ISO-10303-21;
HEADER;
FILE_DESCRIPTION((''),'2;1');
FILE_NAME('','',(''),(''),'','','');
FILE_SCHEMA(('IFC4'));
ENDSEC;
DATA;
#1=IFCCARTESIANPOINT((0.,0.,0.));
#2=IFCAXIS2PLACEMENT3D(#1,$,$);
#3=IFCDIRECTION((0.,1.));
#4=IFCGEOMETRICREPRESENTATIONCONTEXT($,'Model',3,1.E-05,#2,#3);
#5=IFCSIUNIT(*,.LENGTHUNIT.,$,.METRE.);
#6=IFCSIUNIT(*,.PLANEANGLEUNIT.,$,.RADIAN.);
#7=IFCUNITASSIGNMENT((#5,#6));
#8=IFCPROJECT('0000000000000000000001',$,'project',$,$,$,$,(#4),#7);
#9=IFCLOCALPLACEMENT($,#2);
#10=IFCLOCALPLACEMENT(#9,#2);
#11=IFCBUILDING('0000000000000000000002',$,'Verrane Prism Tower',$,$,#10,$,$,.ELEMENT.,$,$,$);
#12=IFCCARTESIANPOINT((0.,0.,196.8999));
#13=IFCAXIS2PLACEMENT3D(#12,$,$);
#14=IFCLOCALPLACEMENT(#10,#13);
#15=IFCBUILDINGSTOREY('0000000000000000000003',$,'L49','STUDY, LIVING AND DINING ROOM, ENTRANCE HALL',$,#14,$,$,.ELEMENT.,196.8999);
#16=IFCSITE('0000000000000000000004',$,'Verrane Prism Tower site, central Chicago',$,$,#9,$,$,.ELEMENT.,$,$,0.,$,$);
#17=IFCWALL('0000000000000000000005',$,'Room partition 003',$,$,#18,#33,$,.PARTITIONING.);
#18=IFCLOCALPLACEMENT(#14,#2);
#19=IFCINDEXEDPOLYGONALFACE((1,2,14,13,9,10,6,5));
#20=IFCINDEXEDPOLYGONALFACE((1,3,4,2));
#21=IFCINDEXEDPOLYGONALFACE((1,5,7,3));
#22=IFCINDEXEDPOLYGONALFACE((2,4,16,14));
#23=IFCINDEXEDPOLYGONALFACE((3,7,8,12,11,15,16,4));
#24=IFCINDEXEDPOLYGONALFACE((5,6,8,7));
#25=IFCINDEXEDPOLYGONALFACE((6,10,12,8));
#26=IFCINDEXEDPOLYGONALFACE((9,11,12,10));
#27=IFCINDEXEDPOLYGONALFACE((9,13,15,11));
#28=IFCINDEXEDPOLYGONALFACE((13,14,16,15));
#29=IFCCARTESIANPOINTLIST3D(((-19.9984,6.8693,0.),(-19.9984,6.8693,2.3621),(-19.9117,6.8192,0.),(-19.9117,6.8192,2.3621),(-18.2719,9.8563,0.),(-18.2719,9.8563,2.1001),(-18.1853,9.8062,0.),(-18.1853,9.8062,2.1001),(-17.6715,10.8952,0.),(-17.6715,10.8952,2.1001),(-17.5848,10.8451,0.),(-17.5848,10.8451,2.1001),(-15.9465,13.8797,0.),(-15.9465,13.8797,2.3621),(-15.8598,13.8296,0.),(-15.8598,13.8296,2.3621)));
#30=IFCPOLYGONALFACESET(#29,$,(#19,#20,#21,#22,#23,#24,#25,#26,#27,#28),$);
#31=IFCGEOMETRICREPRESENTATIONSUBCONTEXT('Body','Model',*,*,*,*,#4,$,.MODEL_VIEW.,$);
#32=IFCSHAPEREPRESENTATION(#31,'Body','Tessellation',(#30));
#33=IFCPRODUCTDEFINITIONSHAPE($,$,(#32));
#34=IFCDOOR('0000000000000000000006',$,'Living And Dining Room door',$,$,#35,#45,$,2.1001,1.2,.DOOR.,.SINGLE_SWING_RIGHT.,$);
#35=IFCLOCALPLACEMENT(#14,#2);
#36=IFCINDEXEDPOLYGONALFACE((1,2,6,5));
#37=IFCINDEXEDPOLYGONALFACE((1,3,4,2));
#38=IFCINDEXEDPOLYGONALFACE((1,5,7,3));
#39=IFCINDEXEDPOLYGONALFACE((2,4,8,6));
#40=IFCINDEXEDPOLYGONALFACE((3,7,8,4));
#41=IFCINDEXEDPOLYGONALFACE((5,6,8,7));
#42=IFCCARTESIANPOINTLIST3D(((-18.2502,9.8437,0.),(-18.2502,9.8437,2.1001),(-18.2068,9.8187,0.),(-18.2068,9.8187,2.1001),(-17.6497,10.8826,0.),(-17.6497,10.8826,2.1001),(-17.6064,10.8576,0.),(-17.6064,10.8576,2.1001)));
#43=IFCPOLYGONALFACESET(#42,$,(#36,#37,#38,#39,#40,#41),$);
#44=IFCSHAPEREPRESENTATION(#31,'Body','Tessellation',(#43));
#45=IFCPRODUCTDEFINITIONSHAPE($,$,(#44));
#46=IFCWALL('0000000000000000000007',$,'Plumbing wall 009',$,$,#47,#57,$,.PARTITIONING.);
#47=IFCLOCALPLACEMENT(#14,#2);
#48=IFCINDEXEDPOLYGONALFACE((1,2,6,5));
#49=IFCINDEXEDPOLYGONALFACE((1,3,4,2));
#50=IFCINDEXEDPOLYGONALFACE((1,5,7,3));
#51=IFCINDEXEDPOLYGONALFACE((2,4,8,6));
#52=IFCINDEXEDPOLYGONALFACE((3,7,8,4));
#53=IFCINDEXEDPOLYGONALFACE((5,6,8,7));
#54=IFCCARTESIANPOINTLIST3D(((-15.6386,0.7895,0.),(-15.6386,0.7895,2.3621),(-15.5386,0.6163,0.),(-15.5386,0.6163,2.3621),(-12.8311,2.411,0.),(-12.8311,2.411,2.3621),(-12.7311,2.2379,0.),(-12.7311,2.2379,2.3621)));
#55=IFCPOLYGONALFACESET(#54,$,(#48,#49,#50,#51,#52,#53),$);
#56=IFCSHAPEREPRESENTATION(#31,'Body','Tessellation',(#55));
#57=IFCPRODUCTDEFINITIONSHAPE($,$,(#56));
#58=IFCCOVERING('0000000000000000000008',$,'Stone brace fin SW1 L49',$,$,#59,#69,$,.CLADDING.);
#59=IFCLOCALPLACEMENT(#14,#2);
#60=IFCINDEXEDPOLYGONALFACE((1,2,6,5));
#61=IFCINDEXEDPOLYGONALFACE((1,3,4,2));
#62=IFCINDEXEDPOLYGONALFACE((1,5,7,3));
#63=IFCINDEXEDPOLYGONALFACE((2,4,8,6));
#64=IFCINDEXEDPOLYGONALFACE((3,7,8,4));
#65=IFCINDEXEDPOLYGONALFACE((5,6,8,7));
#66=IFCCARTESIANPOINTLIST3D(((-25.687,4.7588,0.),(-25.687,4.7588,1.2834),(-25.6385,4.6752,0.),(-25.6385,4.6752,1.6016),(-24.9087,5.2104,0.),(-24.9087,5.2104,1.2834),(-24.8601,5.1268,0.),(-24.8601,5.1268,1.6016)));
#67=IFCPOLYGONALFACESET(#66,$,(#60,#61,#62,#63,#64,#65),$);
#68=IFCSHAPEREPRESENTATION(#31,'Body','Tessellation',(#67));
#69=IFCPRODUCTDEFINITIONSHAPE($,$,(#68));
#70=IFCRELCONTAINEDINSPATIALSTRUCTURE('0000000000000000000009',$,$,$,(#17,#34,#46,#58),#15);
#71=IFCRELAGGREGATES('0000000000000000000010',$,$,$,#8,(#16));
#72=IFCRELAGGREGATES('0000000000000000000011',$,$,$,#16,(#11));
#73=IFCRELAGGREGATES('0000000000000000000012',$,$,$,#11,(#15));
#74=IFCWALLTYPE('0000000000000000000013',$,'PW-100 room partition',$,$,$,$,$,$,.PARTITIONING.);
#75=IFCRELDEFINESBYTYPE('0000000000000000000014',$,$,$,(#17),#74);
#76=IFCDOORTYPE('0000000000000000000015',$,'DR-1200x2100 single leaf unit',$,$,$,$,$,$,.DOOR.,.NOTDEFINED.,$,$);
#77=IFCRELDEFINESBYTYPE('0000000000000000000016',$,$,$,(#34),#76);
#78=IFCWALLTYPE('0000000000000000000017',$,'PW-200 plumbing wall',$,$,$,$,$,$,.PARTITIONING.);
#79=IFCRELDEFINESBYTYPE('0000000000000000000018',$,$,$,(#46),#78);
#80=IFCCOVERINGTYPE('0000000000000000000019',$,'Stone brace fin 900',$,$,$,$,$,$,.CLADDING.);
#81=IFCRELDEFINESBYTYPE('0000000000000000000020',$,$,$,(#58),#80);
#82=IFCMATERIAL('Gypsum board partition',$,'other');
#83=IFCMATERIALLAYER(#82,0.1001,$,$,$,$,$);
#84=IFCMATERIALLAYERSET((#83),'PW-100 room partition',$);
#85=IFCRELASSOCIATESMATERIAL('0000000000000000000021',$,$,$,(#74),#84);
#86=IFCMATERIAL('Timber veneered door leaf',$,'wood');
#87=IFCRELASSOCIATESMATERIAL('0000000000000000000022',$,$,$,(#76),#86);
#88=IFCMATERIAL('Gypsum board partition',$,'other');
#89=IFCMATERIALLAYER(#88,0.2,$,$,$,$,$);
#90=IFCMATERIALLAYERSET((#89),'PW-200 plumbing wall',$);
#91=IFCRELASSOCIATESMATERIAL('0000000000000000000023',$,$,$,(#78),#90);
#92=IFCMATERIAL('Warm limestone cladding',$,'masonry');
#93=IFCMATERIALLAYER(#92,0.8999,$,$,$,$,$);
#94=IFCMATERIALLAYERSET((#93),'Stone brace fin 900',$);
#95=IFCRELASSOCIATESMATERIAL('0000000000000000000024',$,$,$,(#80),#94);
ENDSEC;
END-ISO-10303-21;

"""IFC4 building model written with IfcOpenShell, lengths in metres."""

from ifc_helpers import new_model, si_unit, direction, frame, frame_2d, origin, place, context, subcontext, project, spatial, polyline, rectangle, outline, extrude, material, layer, layer_set, type_object, element, fill, save


model = new_model("IFC4")

# Units and contexts
model_context = context("Model", 3, precision=1e-05, world=origin(), true_north=direction((0.0, 1.0)))
body_context = subcontext(model_context, "Body", "Model", "MODEL_VIEW")
ifc_project = project(units=[si_unit("LENGTHUNIT", "METRE"), si_unit("PLANEANGLEUNIT", "RADIAN")], contexts=[model_context])

# Site, building, storey
site_placement = place(None, origin())
site = spatial("IfcSite", under=ifc_project, at=site_placement, Name="Verrane Prism Tower site, central Chicago", CompositionType="ELEMENT", RefElevation=0.0)
building_placement = place(site_placement, origin())
building = spatial("IfcBuilding", under=site, at=building_placement, Name="Verrane Prism Tower", CompositionType="ELEMENT")
storey_placement = place(building_placement, frame((0.0, 0.0, 196.8999)))
storey = spatial("IfcBuildingStorey", under=building, at=storey_placement, Name="L49", Description="STUDY, LIVING AND DINING ROOM, ENTRANCE HALL", CompositionType="ELEMENT", Elevation=196.8999)

# Shared definitions
ifc_material_1 = material(Name="Gypsum board partition", Category="other")
ifc_layer_1 = layer(ifc_material_1, 0.1001)
ifc_layer_set_1 = layer_set([ifc_layer_1], Name="PW-100 room partition")
wall_type_1 = type_object("IfcWallType", Name="PW-100 room partition", PredefinedType="PARTITIONING", material=ifc_layer_set_1)

# Wall, opening, door
wall_1_placement = place(storey_placement, frame((-19.9551, 6.8442, 0.0), z_axis=(0.0, 0.0, 1.0), x_axis=(0.500416, 0.865785, 0.0)))
wall_1 = element("IfcWall", 1, at=wall_1_placement, inside=storey, type_object=wall_type_1, Name="Room partition 003", PredefinedType="PARTITIONING", context=body_context, shape_type="SweptSolid", body=[
    extrude(rectangle(XDim=8.0972, YDim=0.1001, at=frame_2d((4.0486, 0.0))), origin(), (0.0, 0.0, 1.0), 2.3621),
])
opening_1_placement = place(wall_1_placement, frame((3.45, 0.0, 0.0)))
opening_1 = element("IfcOpeningElement", 2, at=opening_1_placement, cuts=wall_1, PredefinedType="OPENING", context=body_context, shape_type="SweptSolid", body=[
    extrude(rectangle(XDim=1.2, YDim=2.1001, at=frame_2d((0.6001, 1.05))), frame((0.0, 0.0601, 0.0), z_axis=(0.0, -1.0, 0.0), x_axis=(1.0, 0.0, 0.0)), (0.0, 0.0, 1.0), 0.1201),
])
ifc_material_2 = material(Name="Timber veneered door leaf", Category="wood")
door_type_1 = type_object("IfcDoorType", Name="DR-1200x2100 single leaf unit", OperationType="NOTDEFINED", PredefinedType="DOOR", material=ifc_material_2)
door_1_placement = place(opening_1_placement, origin())
door_1 = element("IfcDoor", 3, at=door_1_placement, inside=storey, type_object=door_type_1, Name="Living And Dining Room door", OperationType="SINGLE_SWING_RIGHT", OverallHeight=2.1001, OverallWidth=1.2, PredefinedType="DOOR", context=body_context, shape_type="SweptSolid", body=[
    extrude(rectangle(XDim=1.2, YDim=2.1001, at=frame_2d((0.6001, 1.05))), frame((0.0, 0.0249, 0.0), z_axis=(0.0, -1.0, 0.0), x_axis=(1.0, 0.0, 0.0)), (0.0, 0.0, 1.0), 0.05),
])
fill(opening_1, door_1)

# Wall
ifc_material_3 = material(Name="Gypsum board partition", Category="other")
ifc_layer_2 = layer(ifc_material_3, 0.2)
ifc_layer_set_2 = layer_set([ifc_layer_2], Name="PW-200 plumbing wall")
wall_type_2 = type_object("IfcWallType", Name="PW-200 plumbing wall", PredefinedType="PARTITIONING", material=ifc_layer_set_2)
wall_2_placement = place(storey_placement, frame((-15.5886, 0.7029, 0.0), z_axis=(0.0, 0.0, 1.0), x_axis=(0.865945, 0.50014, 0.0)))
element("IfcWall", 4, at=wall_2_placement, inside=storey, type_object=wall_type_2, Name="Plumbing wall 009", PredefinedType="PARTITIONING", context=body_context, shape_type="SweptSolid", body=[
    extrude(rectangle(XDim=3.2422, YDim=0.2, at=frame_2d((1.6211, 0.0))), origin(), (0.0, 0.0, 1.0), 2.3621),
])

# Covering
ifc_material_4 = material(Name="Warm limestone cladding", Category="masonry")
ifc_layer_3 = layer(ifc_material_4, 0.8999)
ifc_layer_set_3 = layer_set([ifc_layer_3], Name="Stone brace fin 900")
covering_type = type_object("IfcCoveringType", Name="Stone brace fin 900", PredefinedType="CLADDING", material=ifc_layer_set_3)
covering_placement = place(storey_placement, frame((-25.2979, 4.9846, 0.0), z_axis=(0.0, 0.0, 1.0), x_axis=(0.501831, -0.864966, 0.0)))
element("IfcCovering", 5, at=covering_placement, inside=storey, type_object=covering_type, Name="Stone brace fin SW1 L49", PredefinedType="CLADDING", context=body_context, shape_type="SweptSolid", body=[
    extrude(outline(polyline([(0.0, 0.0), (0.0967, 0.0), (0.0967, 1.6016), (0.0, 1.2834), (0.0, 0.0)])), frame((0.0, 0.45, 0.0), z_axis=(0.0, -1.0, 0.0), x_axis=(1.0, 0.0, 0.0)), (0.0, 0.0, 1.0), 0.8999),
])

save(model, "model.ifc")
